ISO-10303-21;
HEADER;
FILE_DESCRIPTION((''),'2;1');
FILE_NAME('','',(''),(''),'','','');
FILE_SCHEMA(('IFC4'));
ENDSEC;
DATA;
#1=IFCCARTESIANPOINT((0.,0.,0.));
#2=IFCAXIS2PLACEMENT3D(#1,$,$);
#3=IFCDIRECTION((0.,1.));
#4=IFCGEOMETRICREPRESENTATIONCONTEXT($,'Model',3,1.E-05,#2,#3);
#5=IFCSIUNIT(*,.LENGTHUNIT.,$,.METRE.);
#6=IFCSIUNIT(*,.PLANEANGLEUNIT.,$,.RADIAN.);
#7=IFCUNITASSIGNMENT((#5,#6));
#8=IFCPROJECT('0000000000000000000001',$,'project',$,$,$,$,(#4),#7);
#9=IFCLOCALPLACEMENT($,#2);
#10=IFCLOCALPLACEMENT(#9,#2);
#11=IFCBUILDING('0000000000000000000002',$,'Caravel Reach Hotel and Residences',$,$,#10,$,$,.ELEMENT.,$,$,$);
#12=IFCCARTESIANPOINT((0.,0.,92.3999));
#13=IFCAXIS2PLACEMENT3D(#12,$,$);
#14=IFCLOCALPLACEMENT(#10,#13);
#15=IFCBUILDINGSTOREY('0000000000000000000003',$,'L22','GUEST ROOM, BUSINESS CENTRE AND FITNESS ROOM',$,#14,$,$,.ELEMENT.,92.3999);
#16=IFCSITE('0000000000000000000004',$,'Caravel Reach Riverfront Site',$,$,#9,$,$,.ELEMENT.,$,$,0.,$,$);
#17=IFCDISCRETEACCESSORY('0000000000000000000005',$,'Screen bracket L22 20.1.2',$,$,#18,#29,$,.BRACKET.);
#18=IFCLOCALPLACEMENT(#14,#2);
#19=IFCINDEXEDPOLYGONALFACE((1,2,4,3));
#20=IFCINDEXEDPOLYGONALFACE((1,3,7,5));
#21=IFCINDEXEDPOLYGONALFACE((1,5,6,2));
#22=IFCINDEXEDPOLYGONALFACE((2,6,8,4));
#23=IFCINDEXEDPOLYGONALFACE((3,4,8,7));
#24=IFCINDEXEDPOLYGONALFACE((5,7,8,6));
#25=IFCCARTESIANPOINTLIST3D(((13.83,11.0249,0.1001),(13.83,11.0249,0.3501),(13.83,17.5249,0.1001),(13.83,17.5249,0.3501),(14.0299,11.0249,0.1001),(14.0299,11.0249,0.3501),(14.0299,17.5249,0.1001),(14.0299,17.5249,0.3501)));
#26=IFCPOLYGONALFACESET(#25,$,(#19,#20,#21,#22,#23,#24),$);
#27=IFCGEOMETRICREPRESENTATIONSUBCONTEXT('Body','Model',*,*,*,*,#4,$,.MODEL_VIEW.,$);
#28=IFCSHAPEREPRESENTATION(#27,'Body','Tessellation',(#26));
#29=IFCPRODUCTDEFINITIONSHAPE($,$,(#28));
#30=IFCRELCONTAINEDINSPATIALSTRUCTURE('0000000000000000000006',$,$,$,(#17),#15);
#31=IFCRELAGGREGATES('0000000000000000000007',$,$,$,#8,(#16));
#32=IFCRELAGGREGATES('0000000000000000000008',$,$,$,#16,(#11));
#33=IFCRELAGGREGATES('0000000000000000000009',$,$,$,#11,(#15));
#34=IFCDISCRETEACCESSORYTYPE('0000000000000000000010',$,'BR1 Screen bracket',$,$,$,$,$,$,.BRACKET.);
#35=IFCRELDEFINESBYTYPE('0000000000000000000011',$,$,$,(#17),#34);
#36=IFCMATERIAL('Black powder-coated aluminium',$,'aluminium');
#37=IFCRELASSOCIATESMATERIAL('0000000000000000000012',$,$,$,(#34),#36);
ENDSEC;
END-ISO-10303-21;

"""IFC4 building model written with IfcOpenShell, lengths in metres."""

from ifc_helpers import new_model, si_unit, direction, frame, origin, origin_2d, place, context, subcontext, project, spatial, rectangle, extrude, material, type_object, element, save


model = new_model("IFC4")

# Units and contexts
model_context = context("Model", 3, precision=1e-05, world=origin(), true_north=direction((0.0, 1.0)))
body_context = subcontext(model_context, "Body", "Model", "MODEL_VIEW")
ifc_project = project(units=[si_unit("LENGTHUNIT", "METRE"), si_unit("PLANEANGLEUNIT", "RADIAN")], contexts=[model_context])

# Site, building, storey
site_placement = place(None, origin())
site = spatial("IfcSite", under=ifc_project, at=site_placement, Name="Caravel Reach Riverfront Site", CompositionType="ELEMENT", RefElevation=0.0)
building_placement = place(site_placement, origin())
building = spatial("IfcBuilding", under=site, at=building_placement, Name="Caravel Reach Hotel and Residences", CompositionType="ELEMENT")
storey_placement = place(building_placement, frame((0.0, 0.0, 92.3999)))
storey = spatial("IfcBuildingStorey", under=building, at=storey_placement, Name="L22", Description="GUEST ROOM, BUSINESS CENTRE AND FITNESS ROOM", CompositionType="ELEMENT", Elevation=92.3999)

# Discrete accessory
ifc_material_1 = material(Name="Black powder-coated aluminium", Category="aluminium")
discrete_accessory_type = type_object("IfcDiscreteAccessoryType", Name="BR1 Screen bracket", PredefinedType="BRACKET", material=ifc_material_1)
discrete_accessory_1_placement = place(storey_placement, frame((13.9299, 14.2749, 0.1001), z_axis=(0.0, 0.0, 1.0), x_axis=(0.0, -1.0, 0.0)))
element("IfcDiscreteAccessory", 1, at=discrete_accessory_1_placement, inside=storey, type_object=discrete_accessory_type, Name="Screen bracket L22 20.1.2", PredefinedType="BRACKET", context=body_context, shape_type="SweptSolid", body=[
    extrude(rectangle(XDim=6.5, YDim=0.2, at=origin_2d()), origin(), (0.0, 0.0, 1.0), 0.25),
])

save(model, "model.ifc")
